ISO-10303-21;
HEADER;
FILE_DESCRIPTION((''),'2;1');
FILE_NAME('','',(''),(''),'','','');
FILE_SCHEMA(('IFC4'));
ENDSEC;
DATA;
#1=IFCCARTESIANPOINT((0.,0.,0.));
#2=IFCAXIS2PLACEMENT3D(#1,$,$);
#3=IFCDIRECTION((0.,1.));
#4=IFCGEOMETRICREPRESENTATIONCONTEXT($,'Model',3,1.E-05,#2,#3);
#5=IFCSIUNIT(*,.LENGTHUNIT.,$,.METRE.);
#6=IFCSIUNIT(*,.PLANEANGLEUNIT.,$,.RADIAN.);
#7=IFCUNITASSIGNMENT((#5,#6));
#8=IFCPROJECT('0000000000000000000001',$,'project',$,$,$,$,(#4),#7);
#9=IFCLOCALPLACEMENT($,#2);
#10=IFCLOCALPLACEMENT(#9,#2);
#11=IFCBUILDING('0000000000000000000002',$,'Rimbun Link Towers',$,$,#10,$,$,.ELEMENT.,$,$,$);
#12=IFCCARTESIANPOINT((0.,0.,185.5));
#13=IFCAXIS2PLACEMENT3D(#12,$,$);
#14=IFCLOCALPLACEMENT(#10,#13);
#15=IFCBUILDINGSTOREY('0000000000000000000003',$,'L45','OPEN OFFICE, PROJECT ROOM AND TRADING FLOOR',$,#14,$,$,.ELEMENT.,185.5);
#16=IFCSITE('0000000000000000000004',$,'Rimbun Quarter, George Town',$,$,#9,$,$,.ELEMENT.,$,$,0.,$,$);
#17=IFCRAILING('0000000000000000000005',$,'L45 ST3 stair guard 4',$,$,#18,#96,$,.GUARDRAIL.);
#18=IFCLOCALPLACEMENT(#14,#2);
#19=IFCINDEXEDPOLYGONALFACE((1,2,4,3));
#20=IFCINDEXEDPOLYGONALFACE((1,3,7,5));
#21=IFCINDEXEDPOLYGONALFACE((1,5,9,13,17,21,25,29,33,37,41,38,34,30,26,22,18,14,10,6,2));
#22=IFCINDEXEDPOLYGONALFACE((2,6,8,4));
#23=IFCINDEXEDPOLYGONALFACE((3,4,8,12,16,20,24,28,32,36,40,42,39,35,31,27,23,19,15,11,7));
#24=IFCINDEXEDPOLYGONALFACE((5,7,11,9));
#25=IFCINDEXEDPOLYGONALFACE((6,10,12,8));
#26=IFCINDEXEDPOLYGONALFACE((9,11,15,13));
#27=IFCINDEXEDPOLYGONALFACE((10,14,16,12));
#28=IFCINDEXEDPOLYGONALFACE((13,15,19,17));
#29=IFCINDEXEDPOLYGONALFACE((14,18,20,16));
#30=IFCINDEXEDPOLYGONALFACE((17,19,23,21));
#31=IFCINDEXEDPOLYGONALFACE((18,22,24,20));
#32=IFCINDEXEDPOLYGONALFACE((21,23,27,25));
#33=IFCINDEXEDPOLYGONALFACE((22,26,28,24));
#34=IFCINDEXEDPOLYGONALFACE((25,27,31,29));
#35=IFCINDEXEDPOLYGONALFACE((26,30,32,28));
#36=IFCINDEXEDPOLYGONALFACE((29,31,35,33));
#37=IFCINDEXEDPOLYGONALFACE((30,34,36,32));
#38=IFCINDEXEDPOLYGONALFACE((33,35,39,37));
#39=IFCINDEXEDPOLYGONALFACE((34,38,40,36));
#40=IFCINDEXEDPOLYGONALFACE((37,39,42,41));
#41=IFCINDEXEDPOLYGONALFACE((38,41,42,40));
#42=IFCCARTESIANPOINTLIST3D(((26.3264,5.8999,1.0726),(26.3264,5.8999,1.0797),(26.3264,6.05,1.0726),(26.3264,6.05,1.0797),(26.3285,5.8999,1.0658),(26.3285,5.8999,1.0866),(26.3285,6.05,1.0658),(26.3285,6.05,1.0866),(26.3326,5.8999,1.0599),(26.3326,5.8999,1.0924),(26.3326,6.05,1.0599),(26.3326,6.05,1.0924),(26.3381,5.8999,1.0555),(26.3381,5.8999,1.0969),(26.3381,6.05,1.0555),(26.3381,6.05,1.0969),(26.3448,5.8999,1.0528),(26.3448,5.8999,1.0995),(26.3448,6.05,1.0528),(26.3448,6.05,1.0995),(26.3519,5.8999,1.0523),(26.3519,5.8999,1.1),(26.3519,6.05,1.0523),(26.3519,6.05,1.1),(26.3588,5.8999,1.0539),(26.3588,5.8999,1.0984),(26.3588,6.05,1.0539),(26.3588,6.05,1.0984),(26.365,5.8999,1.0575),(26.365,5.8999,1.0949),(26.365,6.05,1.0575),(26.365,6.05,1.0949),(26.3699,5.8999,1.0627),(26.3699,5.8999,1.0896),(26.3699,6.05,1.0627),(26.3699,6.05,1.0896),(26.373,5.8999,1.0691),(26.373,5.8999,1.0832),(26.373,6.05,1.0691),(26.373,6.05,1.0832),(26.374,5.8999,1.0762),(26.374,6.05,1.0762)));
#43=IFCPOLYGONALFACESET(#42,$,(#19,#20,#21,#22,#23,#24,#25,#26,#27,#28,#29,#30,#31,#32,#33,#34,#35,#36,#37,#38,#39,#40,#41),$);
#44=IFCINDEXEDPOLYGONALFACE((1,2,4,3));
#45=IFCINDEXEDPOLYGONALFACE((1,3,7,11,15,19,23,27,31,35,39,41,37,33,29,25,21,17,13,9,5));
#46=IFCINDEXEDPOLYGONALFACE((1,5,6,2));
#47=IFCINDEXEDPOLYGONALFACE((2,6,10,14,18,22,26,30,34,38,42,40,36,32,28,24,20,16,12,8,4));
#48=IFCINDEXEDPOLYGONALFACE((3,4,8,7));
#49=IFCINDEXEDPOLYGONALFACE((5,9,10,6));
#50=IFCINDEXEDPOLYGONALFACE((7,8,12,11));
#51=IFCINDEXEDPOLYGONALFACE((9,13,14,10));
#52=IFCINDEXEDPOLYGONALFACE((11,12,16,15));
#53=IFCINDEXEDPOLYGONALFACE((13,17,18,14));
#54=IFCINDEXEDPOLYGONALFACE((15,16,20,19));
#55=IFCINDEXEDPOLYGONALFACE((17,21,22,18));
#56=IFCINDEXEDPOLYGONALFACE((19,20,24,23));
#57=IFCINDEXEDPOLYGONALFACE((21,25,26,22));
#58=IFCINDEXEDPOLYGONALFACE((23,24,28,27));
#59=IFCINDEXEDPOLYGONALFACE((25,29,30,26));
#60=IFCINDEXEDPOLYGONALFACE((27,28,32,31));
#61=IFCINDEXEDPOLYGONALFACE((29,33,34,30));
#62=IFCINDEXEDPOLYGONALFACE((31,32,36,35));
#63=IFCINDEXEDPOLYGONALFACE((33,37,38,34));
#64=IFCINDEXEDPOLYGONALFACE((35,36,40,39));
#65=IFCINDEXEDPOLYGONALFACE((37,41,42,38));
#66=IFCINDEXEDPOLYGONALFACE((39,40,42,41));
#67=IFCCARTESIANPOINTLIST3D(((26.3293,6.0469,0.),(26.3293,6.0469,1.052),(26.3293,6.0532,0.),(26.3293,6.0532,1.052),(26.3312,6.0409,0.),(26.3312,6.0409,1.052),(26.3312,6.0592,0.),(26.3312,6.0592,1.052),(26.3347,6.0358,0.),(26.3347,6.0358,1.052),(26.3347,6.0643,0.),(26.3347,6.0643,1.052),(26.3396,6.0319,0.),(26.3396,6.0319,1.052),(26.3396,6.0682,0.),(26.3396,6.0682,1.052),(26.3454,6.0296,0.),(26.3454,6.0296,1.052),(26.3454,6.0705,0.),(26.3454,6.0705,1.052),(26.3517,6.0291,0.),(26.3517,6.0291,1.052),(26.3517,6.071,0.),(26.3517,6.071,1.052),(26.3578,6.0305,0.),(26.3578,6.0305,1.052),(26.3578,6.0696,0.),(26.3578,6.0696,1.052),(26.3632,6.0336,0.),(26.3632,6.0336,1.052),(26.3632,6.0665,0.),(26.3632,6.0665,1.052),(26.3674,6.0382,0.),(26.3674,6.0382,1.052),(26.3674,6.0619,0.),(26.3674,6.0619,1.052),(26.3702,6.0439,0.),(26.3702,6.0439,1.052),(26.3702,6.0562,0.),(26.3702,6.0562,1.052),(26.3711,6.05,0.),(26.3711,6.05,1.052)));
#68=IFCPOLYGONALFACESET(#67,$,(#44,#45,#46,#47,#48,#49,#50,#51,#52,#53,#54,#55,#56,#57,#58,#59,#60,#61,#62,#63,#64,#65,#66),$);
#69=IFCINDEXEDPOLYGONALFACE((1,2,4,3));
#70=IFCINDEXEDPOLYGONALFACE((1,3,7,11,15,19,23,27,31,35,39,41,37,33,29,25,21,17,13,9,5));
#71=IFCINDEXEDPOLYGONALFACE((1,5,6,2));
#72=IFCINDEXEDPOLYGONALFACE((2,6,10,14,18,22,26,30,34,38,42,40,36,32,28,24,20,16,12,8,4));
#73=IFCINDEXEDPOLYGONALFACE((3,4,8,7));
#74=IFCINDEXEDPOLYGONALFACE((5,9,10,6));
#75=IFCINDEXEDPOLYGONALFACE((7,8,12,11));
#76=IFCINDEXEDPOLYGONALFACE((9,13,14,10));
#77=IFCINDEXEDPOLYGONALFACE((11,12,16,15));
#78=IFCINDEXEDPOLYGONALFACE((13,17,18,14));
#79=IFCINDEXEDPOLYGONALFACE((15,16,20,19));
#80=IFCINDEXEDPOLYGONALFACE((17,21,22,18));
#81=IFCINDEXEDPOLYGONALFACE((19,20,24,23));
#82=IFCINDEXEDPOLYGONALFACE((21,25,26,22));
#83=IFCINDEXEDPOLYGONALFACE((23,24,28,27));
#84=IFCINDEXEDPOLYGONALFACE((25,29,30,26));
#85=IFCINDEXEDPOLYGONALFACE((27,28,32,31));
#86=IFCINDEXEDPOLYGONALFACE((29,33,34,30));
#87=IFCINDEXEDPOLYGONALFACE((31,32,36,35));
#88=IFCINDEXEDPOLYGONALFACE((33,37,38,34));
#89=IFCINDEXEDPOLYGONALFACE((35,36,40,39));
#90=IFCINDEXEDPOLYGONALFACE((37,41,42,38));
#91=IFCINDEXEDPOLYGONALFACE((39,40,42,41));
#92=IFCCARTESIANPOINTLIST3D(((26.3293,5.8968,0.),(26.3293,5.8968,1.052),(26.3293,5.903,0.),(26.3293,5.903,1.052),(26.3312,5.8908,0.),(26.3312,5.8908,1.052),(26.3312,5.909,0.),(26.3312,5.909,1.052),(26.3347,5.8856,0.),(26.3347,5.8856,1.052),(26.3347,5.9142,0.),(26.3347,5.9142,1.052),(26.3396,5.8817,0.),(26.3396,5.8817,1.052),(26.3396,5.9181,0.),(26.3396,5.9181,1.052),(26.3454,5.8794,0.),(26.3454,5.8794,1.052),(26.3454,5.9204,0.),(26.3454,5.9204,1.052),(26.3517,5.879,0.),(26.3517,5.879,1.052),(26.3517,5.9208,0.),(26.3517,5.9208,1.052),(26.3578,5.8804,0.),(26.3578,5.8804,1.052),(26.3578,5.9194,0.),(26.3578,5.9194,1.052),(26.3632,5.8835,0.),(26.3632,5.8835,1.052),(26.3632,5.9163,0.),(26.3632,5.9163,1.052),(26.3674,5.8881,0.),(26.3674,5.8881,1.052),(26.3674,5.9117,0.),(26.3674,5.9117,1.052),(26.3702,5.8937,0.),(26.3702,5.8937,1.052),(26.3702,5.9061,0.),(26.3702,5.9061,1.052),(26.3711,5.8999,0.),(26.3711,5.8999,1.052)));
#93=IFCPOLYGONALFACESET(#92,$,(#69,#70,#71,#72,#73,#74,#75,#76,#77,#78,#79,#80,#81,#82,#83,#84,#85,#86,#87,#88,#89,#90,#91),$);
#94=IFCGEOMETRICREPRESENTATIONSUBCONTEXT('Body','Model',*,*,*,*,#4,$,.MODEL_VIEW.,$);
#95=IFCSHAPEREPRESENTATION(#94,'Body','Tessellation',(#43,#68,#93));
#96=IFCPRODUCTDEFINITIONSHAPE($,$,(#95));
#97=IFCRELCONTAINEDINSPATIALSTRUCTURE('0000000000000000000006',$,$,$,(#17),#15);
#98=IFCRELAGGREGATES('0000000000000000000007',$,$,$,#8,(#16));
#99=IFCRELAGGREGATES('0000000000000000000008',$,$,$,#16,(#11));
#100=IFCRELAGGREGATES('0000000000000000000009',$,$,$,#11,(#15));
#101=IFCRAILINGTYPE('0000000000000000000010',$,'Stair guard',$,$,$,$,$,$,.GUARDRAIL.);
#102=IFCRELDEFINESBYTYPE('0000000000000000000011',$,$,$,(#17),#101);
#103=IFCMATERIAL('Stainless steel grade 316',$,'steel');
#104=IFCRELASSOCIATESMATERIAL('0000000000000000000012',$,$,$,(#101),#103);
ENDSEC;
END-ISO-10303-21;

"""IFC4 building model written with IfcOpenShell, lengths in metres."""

from ifc_helpers import new_model, si_unit, direction, frame, origin, origin_2d, place, context, subcontext, project, spatial, circle, extrude, material, type_object, element, save


model = new_model("IFC4")

# Units and contexts
model_context = context("Model", 3, precision=1e-05, world=origin(), true_north=direction((0.0, 1.0)))
body_context = subcontext(model_context, "Body", "Model", "MODEL_VIEW")
ifc_project = project(units=[si_unit("LENGTHUNIT", "METRE"), si_unit("PLANEANGLEUNIT", "RADIAN")], contexts=[model_context])

# Site, building, storey
site_placement = place(None, origin())
site = spatial("IfcSite", under=ifc_project, at=site_placement, Name="Rimbun Quarter, George Town", CompositionType="ELEMENT", RefElevation=0.0)
building_placement = place(site_placement, origin())
building = spatial("IfcBuilding", under=site, at=building_placement, Name="Rimbun Link Towers", CompositionType="ELEMENT")
storey_placement = place(building_placement, frame((0.0, 0.0, 185.5)))
storey = spatial("IfcBuildingStorey", under=building, at=storey_placement, Name="L45", Description="OPEN OFFICE, PROJECT ROOM AND TRADING FLOOR", CompositionType="ELEMENT", Elevation=185.5)

# Railing
ifc_material_1 = material(Name="Stainless steel grade 316", Category="steel")
railing_type_1 = type_object("IfcRailingType", Name="Stair guard", PredefinedType="GUARDRAIL", material=ifc_material_1)
railing_1_placement = place(storey_placement, frame((26.3501, 6.05, 0.0)))
element("IfcRailing", 1, at=railing_1_placement, inside=storey, type_object=railing_type_1, Name="L45 ST3 stair guard 4", PredefinedType="GUARDRAIL", context=body_context, shape_type="SweptSolid", body=[
    extrude(circle(Radius=0.0239, at=origin_2d()), frame((0.0, 0.0, 1.0762), z_axis=(0.0, -1.0, 0.0), x_axis=(1.0, 0.0, 0.0)), (0.0, 0.0, 1.0), 0.1501),
    extrude(circle(Radius=0.021, at=origin_2d()), origin(), (0.0, 0.0, 1.0), 1.052),
    extrude(circle(Radius=0.021, at=origin_2d()), frame((0.0, -0.1501, 0.0)), (0.0, 0.0, 1.0), 1.052),
])

save(model, "model.ifc")
